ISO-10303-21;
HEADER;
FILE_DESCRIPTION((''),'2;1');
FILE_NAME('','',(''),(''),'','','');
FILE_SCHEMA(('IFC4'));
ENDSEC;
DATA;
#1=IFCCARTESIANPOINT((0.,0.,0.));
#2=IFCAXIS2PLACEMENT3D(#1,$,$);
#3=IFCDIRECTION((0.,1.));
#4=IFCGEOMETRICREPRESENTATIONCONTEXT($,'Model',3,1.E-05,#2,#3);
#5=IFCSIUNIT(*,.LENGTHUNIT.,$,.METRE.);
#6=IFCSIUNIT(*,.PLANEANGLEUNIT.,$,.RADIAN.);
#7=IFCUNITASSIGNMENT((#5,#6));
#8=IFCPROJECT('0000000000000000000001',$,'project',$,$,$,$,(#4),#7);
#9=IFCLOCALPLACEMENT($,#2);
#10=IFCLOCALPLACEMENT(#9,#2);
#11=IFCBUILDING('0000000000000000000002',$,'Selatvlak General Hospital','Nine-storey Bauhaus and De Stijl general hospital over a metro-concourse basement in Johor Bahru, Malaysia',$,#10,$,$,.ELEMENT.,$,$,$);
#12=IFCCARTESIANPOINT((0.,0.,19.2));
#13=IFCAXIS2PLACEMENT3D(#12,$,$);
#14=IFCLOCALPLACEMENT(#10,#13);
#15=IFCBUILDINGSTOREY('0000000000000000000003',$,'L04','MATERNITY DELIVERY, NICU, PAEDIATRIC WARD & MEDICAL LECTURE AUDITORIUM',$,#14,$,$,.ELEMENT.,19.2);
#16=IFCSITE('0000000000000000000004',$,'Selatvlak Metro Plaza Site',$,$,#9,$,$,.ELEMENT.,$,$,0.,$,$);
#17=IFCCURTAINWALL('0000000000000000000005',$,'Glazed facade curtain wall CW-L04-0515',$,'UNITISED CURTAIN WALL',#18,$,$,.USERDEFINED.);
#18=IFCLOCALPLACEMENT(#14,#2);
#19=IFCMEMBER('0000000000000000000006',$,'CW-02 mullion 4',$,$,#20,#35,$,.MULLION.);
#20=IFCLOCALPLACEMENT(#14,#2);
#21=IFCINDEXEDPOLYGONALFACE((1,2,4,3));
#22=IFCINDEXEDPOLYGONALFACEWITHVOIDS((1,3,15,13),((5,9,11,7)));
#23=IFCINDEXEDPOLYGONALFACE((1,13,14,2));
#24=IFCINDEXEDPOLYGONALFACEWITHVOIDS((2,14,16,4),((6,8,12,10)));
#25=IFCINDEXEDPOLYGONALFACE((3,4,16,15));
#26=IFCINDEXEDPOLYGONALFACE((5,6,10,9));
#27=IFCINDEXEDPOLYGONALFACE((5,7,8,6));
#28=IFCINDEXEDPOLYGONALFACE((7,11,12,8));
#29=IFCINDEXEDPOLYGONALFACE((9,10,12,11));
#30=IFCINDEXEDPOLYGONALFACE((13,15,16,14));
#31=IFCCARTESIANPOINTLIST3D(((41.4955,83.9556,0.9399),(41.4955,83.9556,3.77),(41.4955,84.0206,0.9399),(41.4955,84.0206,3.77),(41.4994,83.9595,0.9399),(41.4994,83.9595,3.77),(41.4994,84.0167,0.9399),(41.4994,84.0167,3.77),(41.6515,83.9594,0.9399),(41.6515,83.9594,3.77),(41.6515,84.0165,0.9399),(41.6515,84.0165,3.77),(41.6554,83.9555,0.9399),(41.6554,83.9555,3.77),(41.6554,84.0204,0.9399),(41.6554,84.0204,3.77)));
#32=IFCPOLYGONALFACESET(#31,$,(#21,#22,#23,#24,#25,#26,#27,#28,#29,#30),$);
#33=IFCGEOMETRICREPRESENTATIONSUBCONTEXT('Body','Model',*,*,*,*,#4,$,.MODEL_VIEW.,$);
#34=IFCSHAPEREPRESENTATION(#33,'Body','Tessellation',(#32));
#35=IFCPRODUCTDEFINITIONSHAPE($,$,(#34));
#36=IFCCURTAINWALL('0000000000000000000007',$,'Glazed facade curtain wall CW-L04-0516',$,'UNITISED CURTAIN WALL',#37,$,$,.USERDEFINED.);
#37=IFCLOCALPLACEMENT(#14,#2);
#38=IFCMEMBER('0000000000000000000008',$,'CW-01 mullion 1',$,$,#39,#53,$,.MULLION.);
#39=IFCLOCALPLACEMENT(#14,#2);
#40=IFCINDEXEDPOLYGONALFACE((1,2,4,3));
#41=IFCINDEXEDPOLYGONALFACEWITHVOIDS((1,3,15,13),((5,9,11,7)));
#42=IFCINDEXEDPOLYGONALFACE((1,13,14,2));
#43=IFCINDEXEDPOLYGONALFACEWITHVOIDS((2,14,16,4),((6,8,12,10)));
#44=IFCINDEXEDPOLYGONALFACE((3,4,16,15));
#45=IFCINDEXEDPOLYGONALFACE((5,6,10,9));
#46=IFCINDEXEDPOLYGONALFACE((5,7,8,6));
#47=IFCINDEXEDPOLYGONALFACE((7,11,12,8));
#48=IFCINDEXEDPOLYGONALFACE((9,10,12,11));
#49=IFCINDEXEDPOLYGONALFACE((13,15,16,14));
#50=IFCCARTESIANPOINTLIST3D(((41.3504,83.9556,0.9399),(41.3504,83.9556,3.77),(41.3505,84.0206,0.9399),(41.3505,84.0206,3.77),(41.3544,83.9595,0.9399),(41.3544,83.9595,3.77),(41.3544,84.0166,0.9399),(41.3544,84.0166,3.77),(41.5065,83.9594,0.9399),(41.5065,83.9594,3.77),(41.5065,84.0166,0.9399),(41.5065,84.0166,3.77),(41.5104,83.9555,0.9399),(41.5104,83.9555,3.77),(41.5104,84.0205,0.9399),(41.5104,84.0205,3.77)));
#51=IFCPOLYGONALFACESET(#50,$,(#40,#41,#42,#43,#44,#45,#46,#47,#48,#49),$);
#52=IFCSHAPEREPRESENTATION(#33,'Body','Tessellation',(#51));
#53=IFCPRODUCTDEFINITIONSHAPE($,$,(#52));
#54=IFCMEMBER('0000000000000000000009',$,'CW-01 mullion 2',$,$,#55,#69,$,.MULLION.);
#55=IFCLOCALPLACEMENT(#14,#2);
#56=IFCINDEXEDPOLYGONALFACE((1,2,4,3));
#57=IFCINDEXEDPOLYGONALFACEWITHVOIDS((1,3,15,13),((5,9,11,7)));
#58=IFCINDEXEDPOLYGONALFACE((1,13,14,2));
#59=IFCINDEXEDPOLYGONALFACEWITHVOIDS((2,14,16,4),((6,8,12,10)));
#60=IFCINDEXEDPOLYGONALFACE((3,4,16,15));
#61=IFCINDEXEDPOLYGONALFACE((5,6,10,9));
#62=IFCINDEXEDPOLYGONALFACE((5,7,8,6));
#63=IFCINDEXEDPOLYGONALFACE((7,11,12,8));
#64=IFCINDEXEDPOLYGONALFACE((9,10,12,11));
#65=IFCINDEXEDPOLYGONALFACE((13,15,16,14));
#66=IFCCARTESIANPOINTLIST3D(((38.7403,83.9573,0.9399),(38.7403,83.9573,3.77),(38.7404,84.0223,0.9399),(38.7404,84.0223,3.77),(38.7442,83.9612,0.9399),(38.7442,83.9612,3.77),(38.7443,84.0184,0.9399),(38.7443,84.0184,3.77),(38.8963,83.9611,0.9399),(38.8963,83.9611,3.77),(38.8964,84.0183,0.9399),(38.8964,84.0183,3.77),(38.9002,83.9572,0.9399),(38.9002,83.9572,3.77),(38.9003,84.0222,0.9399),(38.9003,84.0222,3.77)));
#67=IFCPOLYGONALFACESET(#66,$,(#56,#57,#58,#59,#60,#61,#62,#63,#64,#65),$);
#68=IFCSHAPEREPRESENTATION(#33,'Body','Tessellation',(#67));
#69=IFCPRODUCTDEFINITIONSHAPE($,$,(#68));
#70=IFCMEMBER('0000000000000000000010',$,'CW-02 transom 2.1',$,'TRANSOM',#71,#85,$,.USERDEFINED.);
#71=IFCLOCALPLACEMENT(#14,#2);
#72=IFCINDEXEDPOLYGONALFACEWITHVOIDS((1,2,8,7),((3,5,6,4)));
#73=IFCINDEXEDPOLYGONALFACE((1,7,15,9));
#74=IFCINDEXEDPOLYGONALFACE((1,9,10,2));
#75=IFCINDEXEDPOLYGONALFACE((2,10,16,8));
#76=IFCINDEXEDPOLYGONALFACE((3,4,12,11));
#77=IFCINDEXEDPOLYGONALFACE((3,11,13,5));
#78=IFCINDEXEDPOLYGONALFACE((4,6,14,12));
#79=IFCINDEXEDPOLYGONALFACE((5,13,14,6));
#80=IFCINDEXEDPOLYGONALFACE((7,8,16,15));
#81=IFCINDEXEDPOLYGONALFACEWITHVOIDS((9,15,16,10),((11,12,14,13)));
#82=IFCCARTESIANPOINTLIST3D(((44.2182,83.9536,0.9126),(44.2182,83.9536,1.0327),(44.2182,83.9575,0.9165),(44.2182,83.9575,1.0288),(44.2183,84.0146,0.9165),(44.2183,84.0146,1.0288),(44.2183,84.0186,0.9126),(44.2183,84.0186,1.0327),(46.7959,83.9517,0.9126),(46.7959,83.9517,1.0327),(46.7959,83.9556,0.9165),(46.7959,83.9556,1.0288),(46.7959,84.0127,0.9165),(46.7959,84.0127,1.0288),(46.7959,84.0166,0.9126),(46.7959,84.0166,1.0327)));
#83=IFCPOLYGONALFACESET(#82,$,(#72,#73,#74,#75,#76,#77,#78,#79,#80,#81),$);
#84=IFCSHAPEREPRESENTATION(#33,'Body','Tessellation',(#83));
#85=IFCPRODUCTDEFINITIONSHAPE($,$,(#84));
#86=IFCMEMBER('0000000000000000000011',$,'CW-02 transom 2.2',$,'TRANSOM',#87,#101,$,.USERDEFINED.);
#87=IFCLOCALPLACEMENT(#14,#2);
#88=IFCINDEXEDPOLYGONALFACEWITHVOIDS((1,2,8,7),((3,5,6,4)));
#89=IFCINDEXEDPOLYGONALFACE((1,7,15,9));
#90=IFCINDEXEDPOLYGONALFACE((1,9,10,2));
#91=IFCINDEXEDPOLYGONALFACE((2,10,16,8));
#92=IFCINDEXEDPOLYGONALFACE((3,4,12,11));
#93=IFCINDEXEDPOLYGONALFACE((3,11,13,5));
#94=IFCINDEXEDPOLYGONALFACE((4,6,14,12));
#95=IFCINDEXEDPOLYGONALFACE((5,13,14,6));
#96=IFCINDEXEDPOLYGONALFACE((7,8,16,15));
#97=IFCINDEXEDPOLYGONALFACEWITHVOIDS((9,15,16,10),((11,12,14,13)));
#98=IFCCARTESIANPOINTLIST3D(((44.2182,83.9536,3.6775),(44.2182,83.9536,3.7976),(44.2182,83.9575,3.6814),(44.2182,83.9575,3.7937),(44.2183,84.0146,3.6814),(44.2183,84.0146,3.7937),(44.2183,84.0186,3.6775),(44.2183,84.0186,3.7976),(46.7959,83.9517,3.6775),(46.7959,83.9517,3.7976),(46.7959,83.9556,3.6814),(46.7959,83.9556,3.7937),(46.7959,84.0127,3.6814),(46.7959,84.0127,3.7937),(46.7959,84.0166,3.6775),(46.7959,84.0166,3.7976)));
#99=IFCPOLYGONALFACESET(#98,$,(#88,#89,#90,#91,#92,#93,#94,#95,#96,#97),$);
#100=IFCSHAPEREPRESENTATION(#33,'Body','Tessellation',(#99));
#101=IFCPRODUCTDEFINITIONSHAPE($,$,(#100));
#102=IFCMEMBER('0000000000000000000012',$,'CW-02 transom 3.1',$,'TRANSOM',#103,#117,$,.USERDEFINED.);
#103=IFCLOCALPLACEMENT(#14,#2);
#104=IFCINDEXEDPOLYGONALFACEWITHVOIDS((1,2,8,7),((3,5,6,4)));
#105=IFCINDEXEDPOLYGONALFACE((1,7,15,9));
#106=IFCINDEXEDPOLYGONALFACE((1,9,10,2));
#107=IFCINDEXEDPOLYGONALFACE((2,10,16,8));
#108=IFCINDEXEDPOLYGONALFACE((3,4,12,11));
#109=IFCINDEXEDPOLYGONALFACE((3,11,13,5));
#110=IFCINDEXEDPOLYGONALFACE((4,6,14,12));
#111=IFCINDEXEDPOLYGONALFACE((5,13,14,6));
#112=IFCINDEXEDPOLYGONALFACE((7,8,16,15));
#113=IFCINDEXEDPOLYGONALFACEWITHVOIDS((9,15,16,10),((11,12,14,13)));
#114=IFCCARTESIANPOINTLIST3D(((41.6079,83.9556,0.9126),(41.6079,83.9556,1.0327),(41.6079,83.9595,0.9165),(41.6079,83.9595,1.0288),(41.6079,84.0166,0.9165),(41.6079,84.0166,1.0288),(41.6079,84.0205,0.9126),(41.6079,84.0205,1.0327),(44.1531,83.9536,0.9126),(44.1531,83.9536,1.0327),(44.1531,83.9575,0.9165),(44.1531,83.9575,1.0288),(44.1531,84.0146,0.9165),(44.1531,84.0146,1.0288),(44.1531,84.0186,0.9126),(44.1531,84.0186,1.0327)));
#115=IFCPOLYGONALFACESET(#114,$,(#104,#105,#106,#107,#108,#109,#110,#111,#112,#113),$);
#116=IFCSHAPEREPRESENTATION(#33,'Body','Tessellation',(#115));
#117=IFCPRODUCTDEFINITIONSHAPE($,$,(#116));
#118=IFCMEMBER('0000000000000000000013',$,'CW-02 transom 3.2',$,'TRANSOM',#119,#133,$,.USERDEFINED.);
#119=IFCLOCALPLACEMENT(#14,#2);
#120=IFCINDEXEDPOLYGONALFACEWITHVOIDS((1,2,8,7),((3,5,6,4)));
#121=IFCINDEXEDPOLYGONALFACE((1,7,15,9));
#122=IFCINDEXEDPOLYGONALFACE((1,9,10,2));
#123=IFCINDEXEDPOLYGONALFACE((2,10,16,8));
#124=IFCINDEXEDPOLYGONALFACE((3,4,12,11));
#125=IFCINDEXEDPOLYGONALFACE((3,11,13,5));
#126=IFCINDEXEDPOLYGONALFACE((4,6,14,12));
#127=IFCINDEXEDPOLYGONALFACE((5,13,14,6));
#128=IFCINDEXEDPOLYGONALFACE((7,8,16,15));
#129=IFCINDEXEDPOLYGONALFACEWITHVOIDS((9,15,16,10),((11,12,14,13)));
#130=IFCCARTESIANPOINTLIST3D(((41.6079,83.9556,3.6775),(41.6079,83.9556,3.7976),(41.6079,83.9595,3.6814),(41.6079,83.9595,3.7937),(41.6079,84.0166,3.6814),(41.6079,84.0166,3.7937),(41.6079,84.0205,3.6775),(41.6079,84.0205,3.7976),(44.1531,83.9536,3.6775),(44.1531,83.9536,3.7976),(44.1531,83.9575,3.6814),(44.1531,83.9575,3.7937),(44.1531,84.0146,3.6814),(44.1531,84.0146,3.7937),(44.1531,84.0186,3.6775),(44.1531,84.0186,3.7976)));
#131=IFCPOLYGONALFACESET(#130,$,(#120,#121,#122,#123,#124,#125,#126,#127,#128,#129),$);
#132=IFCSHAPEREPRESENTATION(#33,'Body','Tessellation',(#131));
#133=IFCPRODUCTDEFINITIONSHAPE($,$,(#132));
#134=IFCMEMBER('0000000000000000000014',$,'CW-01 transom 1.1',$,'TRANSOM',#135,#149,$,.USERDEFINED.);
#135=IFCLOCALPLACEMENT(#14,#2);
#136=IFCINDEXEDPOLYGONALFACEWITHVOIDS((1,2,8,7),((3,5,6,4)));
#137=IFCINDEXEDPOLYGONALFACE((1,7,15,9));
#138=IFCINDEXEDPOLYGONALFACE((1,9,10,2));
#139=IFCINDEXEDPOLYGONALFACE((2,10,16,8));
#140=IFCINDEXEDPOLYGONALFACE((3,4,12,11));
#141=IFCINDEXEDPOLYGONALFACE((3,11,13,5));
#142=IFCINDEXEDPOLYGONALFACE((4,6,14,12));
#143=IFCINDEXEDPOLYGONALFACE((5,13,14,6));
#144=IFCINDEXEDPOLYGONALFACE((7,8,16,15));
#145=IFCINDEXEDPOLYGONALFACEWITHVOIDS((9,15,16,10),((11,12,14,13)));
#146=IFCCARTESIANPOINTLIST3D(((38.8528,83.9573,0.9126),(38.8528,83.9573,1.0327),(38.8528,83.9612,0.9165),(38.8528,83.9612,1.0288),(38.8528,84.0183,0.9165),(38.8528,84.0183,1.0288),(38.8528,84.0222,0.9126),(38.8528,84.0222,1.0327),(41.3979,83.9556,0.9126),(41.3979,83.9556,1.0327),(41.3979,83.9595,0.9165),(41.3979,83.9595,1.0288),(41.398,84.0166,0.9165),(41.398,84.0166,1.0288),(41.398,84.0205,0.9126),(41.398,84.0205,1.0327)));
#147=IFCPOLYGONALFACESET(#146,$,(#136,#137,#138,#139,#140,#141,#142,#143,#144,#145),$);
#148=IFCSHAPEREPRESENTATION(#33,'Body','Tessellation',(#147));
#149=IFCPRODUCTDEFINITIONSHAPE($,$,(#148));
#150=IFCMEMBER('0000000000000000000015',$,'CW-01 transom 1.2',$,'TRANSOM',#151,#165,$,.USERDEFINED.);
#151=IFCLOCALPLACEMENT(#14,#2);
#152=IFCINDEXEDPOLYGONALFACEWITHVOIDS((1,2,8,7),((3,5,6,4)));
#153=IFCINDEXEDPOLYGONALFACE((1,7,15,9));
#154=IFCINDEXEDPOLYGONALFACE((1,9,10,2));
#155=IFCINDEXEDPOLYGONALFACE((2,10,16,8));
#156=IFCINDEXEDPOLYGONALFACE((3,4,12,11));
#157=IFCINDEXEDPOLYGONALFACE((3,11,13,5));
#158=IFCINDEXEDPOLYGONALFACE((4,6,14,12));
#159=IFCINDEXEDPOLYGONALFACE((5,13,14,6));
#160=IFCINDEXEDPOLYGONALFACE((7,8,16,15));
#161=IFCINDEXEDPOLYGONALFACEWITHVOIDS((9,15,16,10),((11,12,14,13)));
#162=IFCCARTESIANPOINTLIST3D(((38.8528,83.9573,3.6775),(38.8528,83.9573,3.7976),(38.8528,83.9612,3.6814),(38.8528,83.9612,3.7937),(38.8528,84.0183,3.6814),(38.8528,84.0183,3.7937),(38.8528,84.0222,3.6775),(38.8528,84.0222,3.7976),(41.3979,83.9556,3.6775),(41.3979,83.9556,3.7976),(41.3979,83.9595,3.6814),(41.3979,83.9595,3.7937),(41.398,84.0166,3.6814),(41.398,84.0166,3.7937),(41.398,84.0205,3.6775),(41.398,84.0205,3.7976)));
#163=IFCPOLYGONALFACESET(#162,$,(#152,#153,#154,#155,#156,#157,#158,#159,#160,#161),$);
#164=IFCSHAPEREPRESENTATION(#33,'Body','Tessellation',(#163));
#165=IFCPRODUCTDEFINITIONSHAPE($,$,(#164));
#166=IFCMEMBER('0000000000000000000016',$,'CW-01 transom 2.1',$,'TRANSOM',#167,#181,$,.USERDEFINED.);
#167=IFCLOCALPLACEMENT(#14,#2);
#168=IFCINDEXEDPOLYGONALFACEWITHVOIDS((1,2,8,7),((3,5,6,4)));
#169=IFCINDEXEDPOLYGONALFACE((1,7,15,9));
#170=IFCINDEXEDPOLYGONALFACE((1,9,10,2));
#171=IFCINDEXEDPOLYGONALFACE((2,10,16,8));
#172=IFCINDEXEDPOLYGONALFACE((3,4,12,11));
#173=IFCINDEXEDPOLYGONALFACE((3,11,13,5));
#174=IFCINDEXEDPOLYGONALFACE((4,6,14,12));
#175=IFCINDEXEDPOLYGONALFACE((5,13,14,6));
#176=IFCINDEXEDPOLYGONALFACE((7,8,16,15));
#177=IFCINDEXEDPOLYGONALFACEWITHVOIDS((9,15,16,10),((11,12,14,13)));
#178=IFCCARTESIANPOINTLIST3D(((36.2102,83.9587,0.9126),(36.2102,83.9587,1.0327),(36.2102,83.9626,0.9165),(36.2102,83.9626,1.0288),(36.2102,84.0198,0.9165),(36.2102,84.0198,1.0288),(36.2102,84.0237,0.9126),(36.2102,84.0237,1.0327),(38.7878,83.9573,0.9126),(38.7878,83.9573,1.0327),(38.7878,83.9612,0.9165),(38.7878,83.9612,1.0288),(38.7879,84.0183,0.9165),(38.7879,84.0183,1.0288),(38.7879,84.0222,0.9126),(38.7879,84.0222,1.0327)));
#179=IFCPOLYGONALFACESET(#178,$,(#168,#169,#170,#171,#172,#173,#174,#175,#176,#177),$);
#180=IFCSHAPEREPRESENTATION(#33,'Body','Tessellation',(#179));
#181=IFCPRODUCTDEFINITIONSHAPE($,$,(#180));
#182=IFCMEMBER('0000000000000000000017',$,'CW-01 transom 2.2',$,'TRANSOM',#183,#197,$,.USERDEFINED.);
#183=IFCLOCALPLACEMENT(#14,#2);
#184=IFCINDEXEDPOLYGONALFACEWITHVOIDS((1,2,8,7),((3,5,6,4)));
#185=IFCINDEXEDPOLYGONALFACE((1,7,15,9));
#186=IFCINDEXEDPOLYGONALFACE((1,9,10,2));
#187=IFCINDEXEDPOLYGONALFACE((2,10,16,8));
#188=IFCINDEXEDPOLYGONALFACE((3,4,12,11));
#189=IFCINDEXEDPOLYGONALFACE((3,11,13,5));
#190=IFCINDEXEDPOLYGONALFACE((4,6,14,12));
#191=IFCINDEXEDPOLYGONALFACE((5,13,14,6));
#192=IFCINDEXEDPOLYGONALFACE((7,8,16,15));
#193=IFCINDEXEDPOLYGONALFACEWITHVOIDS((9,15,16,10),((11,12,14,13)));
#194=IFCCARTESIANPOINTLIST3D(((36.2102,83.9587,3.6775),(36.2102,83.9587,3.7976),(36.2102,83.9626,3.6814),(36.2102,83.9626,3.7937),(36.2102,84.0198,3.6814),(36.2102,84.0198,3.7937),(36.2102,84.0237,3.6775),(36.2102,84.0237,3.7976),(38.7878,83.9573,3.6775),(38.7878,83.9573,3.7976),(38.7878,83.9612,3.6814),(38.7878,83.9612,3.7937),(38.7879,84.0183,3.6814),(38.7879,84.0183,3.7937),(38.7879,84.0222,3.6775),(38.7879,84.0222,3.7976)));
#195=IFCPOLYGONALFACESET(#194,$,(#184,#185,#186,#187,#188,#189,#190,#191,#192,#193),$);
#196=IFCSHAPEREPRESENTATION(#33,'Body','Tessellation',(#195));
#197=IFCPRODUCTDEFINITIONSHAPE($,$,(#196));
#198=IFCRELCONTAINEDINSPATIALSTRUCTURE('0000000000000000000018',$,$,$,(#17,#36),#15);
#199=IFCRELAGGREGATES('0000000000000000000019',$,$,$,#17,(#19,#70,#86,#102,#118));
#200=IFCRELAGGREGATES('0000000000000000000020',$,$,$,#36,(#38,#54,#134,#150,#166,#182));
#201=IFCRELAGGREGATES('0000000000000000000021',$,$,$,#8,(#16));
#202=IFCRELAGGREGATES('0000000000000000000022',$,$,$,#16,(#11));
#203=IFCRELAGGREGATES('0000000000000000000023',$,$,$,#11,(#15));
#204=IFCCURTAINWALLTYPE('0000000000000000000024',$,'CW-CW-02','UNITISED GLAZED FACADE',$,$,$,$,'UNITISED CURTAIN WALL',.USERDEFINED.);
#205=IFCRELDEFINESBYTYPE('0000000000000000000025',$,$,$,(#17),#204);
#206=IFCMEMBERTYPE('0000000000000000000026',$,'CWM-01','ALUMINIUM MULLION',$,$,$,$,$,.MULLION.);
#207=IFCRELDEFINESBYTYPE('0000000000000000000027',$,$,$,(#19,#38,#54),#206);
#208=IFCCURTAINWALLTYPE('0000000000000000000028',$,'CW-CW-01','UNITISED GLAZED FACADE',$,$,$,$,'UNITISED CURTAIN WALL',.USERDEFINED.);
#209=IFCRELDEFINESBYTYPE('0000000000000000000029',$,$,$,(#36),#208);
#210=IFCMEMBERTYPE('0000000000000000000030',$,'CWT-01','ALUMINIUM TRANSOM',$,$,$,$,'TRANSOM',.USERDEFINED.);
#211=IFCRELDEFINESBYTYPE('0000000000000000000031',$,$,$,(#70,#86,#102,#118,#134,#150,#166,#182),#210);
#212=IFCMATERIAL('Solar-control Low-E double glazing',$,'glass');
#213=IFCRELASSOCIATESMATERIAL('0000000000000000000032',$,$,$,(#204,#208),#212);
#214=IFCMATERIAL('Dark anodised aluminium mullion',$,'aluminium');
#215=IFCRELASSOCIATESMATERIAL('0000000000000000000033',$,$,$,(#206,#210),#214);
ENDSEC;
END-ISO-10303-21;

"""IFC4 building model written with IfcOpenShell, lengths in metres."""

from ifc_helpers import new_model, si_unit, direction, frame, origin, origin_2d, place, context, subcontext, project, spatial, hollow_rectangle, extrude, material, material_profile, profile_set, type_object, element, aggregate, save


model = new_model("IFC4")

# Units and contexts
model_context = context("Model", 3, precision=1e-05, world=origin(), true_north=direction((0.0, 1.0)))
body_context = subcontext(model_context, "Body", "Model", "MODEL_VIEW")
ifc_project = project(units=[si_unit("LENGTHUNIT", "METRE"), si_unit("PLANEANGLEUNIT", "RADIAN")], contexts=[model_context])

# Site, building, storey
site_placement = place(None, origin())
site = spatial("IfcSite", under=ifc_project, at=site_placement, Name="Selatvlak Metro Plaza Site", CompositionType="ELEMENT", RefElevation=0.0)
building_placement = place(site_placement, origin())
building = spatial("IfcBuilding", under=site, at=building_placement, Name="Selatvlak General Hospital", Description="Nine-storey Bauhaus and De Stijl general hospital over a metro-concourse basement in Johor Bahru, Malaysia", CompositionType="ELEMENT")
storey_placement = place(building_placement, frame((0.0, 0.0, 19.2)))
storey = spatial("IfcBuildingStorey", under=building, at=storey_placement, Name="L04", Description="MATERNITY DELIVERY, NICU, PAEDIATRIC WARD & MEDICAL LECTURE AUDITORIUM", CompositionType="ELEMENT", Elevation=19.2)

# Curtain walls, members
ifc_material_1 = material(Name="Solar-control Low-E double glazing", Category="glass")
curtain_wall_type_1 = type_object("IfcCurtainWallType", Name="CW-CW-02", Description="UNITISED GLAZED FACADE", ElementType="UNITISED CURTAIN WALL", PredefinedType="USERDEFINED", material=ifc_material_1)
curtain_wall_1_placement = place(storey_placement, origin())
curtain_wall_1 = element("IfcCurtainWall", 1, at=curtain_wall_1_placement, inside=storey, type_object=curtain_wall_type_1, Name="Glazed facade curtain wall CW-L04-0515", ObjectType="UNITISED CURTAIN WALL", PredefinedType="USERDEFINED")
ifc_material_2 = material(Name="Dark anodised aluminium mullion", Category="aluminium")
ifc_material_profile_1 = material_profile(ifc_material_2, hollow_rectangle(XDim=0.0649, YDim=0.1599, WallThickness=0.0039, at=origin_2d()), Name="AL-MUL 65x160x4")
ifc_profile_set_1 = profile_set([ifc_material_profile_1], Name="Dark anodised aluminium mullion")
member_type_1 = type_object("IfcMemberType", Name="CWM-01", Description="ALUMINIUM MULLION", PredefinedType="MULLION", material=ifc_profile_set_1)
member_1_placement = place(storey_placement, frame((41.5754, 83.988, 0.9399), z_axis=(0.0, 0.0, 1.0), x_axis=(-0.000757, -1.0, 0.0)))
member_1 = element("IfcMember", 2, at=member_1_placement, type_object=member_type_1, Name="CW-02 mullion 4", PredefinedType="MULLION", context=body_context, shape_type="SweptSolid", body=[
    extrude(hollow_rectangle(XDim=0.0649, YDim=0.1599, WallThickness=0.0039, at=origin_2d()), origin(), (0.0, 0.0, 1.0), 2.8301),
])
curtain_wall_type_2 = type_object("IfcCurtainWallType", Name="CW-CW-01", Description="UNITISED GLAZED FACADE", ElementType="UNITISED CURTAIN WALL", PredefinedType="USERDEFINED", material=ifc_material_1)
curtain_wall_2_placement = place(storey_placement, origin())
curtain_wall_2 = element("IfcCurtainWall", 3, at=curtain_wall_2_placement, inside=storey, type_object=curtain_wall_type_2, Name="Glazed facade curtain wall CW-L04-0516", ObjectType="UNITISED CURTAIN WALL", PredefinedType="USERDEFINED")
member_2_placement = place(storey_placement, frame((41.4304, 83.988, 0.9399), z_axis=(0.0, 0.0, 1.0), x_axis=(-0.000631, -1.0, 0.0)))
member_2 = element("IfcMember", 4, at=member_2_placement, type_object=member_type_1, Name="CW-01 mullion 1", PredefinedType="MULLION", context=body_context, shape_type="SweptSolid", body=[
    extrude(hollow_rectangle(XDim=0.0649, YDim=0.1599, WallThickness=0.0039, at=origin_2d()), origin(), (0.0, 0.0, 1.0), 2.8301),
])
member_3_placement = place(storey_placement, frame((38.8203, 83.9897, 0.9399), z_axis=(0.0, 0.0, 1.0), x_axis=(-0.000631, -1.0, 0.0)))
member_3 = element("IfcMember", 5, at=member_3_placement, type_object=member_type_1, Name="CW-01 mullion 2", PredefinedType="MULLION", context=body_context, shape_type="SweptSolid", body=[
    extrude(hollow_rectangle(XDim=0.0649, YDim=0.1599, WallThickness=0.0039, at=origin_2d()), origin(), (0.0, 0.0, 1.0), 2.8301),
])

# Members
ifc_material_profile_2 = material_profile(ifc_material_2, hollow_rectangle(XDim=0.0649, YDim=0.1201, WallThickness=0.0039, at=origin_2d()), Name="AL-TRN 65x120x4")
ifc_profile_set_2 = profile_set([ifc_material_profile_2], Name="Dark anodised aluminium mullion")
member_type_2 = type_object("IfcMemberType", Name="CWT-01", Description="ALUMINIUM TRANSOM", ElementType="TRANSOM", PredefinedType="USERDEFINED", material=ifc_profile_set_2)
member_4_placement = place(storey_placement, frame((46.7959, 83.9841, 0.9727), z_axis=(-1.0, 0.000758, 0.0), x_axis=(-0.000758, -1.0, 0.0)))
member_4 = element("IfcMember", 6, at=member_4_placement, type_object=member_type_2, Name="CW-02 transom 2.1", ObjectType="TRANSOM", PredefinedType="USERDEFINED", context=body_context, shape_type="SweptSolid", body=[
    extrude(hollow_rectangle(XDim=0.0649, YDim=0.1201, WallThickness=0.0039, at=origin_2d()), origin(), (0.0, 0.0, 1.0), 2.5776),
])
member_5_placement = place(storey_placement, frame((46.7959, 83.9841, 3.7375), z_axis=(-1.0, 0.000758, 0.0), x_axis=(-0.000758, -1.0, 0.0)))
member_5 = element("IfcMember", 7, at=member_5_placement, type_object=member_type_2, Name="CW-02 transom 2.2", ObjectType="TRANSOM", PredefinedType="USERDEFINED", context=body_context, shape_type="SweptSolid", body=[
    extrude(hollow_rectangle(XDim=0.0649, YDim=0.1201, WallThickness=0.0039, at=origin_2d()), origin(), (0.0, 0.0, 1.0), 2.5776),
])
member_6_placement = place(storey_placement, frame((44.1531, 83.9861, 0.9727), z_axis=(-1.0, 0.000767, 0.0), x_axis=(-0.000767, -1.0, 0.0)))
member_6 = element("IfcMember", 8, at=member_6_placement, type_object=member_type_2, Name="CW-02 transom 3.1", ObjectType="TRANSOM", PredefinedType="USERDEFINED", context=body_context, shape_type="SweptSolid", body=[
    extrude(hollow_rectangle(XDim=0.0649, YDim=0.1201, WallThickness=0.0039, at=origin_2d()), origin(), (0.0, 0.0, 1.0), 2.5452),
])
member_7_placement = place(storey_placement, frame((44.1531, 83.9861, 3.7375), z_axis=(-1.0, 0.000767, 0.0), x_axis=(-0.000767, -1.0, 0.0)))
member_7 = element("IfcMember", 9, at=member_7_placement, type_object=member_type_2, Name="CW-02 transom 3.2", ObjectType="TRANSOM", PredefinedType="USERDEFINED", context=body_context, shape_type="SweptSolid", body=[
    extrude(hollow_rectangle(XDim=0.0649, YDim=0.1201, WallThickness=0.0039, at=origin_2d()), origin(), (0.0, 0.0, 1.0), 2.5452),
])
member_8_placement = place(storey_placement, frame((41.3979, 83.988, 0.9727), z_axis=(-1.0, 0.000671, 0.0), x_axis=(-0.000671, -1.0, 0.0)))
member_8 = element("IfcMember", 10, at=member_8_placement, type_object=member_type_2, Name="CW-01 transom 1.1", ObjectType="TRANSOM", PredefinedType="USERDEFINED", context=body_context, shape_type="SweptSolid", body=[
    extrude(hollow_rectangle(XDim=0.0649, YDim=0.1201, WallThickness=0.0039, at=origin_2d()), origin(), (0.0, 0.0, 1.0), 2.5452),
])
member_9_placement = place(storey_placement, frame((41.3979, 83.988, 3.7375), z_axis=(-1.0, 0.000671, 0.0), x_axis=(-0.000671, -1.0, 0.0)))
member_9 = element("IfcMember", 11, at=member_9_placement, type_object=member_type_2, Name="CW-01 transom 1.2", ObjectType="TRANSOM", PredefinedType="USERDEFINED", context=body_context, shape_type="SweptSolid", body=[
    extrude(hollow_rectangle(XDim=0.0649, YDim=0.1201, WallThickness=0.0039, at=origin_2d()), origin(), (0.0, 0.0, 1.0), 2.5452),
])
member_10_placement = place(storey_placement, frame((38.7878, 83.9897, 0.9727), z_axis=(-1.0, 0.000568, 0.0), x_axis=(-0.000568, -1.0, 0.0)))
member_10 = element("IfcMember", 12, at=member_10_placement, type_object=member_type_2, Name="CW-01 transom 2.1", ObjectType="TRANSOM", PredefinedType="USERDEFINED", context=body_context, shape_type="SweptSolid", body=[
    extrude(hollow_rectangle(XDim=0.0649, YDim=0.1201, WallThickness=0.0039, at=origin_2d()), origin(), (0.0, 0.0, 1.0), 2.5776),
])
member_11_placement = place(storey_placement, frame((38.7878, 83.9897, 3.7375), z_axis=(-1.0, 0.000568, 0.0), x_axis=(-0.000568, -1.0, 0.0)))
member_11 = element("IfcMember", 13, at=member_11_placement, type_object=member_type_2, Name="CW-01 transom 2.2", ObjectType="TRANSOM", PredefinedType="USERDEFINED", context=body_context, shape_type="SweptSolid", body=[
    extrude(hollow_rectangle(XDim=0.0649, YDim=0.1201, WallThickness=0.0039, at=origin_2d()), origin(), (0.0, 0.0, 1.0), 2.5776),
])

aggregate(curtain_wall_1, [member_1, member_4, member_5, member_6, member_7])
aggregate(curtain_wall_2, [member_2, member_3, member_8, member_9, member_10, member_11])

save(model, "model.ifc")
